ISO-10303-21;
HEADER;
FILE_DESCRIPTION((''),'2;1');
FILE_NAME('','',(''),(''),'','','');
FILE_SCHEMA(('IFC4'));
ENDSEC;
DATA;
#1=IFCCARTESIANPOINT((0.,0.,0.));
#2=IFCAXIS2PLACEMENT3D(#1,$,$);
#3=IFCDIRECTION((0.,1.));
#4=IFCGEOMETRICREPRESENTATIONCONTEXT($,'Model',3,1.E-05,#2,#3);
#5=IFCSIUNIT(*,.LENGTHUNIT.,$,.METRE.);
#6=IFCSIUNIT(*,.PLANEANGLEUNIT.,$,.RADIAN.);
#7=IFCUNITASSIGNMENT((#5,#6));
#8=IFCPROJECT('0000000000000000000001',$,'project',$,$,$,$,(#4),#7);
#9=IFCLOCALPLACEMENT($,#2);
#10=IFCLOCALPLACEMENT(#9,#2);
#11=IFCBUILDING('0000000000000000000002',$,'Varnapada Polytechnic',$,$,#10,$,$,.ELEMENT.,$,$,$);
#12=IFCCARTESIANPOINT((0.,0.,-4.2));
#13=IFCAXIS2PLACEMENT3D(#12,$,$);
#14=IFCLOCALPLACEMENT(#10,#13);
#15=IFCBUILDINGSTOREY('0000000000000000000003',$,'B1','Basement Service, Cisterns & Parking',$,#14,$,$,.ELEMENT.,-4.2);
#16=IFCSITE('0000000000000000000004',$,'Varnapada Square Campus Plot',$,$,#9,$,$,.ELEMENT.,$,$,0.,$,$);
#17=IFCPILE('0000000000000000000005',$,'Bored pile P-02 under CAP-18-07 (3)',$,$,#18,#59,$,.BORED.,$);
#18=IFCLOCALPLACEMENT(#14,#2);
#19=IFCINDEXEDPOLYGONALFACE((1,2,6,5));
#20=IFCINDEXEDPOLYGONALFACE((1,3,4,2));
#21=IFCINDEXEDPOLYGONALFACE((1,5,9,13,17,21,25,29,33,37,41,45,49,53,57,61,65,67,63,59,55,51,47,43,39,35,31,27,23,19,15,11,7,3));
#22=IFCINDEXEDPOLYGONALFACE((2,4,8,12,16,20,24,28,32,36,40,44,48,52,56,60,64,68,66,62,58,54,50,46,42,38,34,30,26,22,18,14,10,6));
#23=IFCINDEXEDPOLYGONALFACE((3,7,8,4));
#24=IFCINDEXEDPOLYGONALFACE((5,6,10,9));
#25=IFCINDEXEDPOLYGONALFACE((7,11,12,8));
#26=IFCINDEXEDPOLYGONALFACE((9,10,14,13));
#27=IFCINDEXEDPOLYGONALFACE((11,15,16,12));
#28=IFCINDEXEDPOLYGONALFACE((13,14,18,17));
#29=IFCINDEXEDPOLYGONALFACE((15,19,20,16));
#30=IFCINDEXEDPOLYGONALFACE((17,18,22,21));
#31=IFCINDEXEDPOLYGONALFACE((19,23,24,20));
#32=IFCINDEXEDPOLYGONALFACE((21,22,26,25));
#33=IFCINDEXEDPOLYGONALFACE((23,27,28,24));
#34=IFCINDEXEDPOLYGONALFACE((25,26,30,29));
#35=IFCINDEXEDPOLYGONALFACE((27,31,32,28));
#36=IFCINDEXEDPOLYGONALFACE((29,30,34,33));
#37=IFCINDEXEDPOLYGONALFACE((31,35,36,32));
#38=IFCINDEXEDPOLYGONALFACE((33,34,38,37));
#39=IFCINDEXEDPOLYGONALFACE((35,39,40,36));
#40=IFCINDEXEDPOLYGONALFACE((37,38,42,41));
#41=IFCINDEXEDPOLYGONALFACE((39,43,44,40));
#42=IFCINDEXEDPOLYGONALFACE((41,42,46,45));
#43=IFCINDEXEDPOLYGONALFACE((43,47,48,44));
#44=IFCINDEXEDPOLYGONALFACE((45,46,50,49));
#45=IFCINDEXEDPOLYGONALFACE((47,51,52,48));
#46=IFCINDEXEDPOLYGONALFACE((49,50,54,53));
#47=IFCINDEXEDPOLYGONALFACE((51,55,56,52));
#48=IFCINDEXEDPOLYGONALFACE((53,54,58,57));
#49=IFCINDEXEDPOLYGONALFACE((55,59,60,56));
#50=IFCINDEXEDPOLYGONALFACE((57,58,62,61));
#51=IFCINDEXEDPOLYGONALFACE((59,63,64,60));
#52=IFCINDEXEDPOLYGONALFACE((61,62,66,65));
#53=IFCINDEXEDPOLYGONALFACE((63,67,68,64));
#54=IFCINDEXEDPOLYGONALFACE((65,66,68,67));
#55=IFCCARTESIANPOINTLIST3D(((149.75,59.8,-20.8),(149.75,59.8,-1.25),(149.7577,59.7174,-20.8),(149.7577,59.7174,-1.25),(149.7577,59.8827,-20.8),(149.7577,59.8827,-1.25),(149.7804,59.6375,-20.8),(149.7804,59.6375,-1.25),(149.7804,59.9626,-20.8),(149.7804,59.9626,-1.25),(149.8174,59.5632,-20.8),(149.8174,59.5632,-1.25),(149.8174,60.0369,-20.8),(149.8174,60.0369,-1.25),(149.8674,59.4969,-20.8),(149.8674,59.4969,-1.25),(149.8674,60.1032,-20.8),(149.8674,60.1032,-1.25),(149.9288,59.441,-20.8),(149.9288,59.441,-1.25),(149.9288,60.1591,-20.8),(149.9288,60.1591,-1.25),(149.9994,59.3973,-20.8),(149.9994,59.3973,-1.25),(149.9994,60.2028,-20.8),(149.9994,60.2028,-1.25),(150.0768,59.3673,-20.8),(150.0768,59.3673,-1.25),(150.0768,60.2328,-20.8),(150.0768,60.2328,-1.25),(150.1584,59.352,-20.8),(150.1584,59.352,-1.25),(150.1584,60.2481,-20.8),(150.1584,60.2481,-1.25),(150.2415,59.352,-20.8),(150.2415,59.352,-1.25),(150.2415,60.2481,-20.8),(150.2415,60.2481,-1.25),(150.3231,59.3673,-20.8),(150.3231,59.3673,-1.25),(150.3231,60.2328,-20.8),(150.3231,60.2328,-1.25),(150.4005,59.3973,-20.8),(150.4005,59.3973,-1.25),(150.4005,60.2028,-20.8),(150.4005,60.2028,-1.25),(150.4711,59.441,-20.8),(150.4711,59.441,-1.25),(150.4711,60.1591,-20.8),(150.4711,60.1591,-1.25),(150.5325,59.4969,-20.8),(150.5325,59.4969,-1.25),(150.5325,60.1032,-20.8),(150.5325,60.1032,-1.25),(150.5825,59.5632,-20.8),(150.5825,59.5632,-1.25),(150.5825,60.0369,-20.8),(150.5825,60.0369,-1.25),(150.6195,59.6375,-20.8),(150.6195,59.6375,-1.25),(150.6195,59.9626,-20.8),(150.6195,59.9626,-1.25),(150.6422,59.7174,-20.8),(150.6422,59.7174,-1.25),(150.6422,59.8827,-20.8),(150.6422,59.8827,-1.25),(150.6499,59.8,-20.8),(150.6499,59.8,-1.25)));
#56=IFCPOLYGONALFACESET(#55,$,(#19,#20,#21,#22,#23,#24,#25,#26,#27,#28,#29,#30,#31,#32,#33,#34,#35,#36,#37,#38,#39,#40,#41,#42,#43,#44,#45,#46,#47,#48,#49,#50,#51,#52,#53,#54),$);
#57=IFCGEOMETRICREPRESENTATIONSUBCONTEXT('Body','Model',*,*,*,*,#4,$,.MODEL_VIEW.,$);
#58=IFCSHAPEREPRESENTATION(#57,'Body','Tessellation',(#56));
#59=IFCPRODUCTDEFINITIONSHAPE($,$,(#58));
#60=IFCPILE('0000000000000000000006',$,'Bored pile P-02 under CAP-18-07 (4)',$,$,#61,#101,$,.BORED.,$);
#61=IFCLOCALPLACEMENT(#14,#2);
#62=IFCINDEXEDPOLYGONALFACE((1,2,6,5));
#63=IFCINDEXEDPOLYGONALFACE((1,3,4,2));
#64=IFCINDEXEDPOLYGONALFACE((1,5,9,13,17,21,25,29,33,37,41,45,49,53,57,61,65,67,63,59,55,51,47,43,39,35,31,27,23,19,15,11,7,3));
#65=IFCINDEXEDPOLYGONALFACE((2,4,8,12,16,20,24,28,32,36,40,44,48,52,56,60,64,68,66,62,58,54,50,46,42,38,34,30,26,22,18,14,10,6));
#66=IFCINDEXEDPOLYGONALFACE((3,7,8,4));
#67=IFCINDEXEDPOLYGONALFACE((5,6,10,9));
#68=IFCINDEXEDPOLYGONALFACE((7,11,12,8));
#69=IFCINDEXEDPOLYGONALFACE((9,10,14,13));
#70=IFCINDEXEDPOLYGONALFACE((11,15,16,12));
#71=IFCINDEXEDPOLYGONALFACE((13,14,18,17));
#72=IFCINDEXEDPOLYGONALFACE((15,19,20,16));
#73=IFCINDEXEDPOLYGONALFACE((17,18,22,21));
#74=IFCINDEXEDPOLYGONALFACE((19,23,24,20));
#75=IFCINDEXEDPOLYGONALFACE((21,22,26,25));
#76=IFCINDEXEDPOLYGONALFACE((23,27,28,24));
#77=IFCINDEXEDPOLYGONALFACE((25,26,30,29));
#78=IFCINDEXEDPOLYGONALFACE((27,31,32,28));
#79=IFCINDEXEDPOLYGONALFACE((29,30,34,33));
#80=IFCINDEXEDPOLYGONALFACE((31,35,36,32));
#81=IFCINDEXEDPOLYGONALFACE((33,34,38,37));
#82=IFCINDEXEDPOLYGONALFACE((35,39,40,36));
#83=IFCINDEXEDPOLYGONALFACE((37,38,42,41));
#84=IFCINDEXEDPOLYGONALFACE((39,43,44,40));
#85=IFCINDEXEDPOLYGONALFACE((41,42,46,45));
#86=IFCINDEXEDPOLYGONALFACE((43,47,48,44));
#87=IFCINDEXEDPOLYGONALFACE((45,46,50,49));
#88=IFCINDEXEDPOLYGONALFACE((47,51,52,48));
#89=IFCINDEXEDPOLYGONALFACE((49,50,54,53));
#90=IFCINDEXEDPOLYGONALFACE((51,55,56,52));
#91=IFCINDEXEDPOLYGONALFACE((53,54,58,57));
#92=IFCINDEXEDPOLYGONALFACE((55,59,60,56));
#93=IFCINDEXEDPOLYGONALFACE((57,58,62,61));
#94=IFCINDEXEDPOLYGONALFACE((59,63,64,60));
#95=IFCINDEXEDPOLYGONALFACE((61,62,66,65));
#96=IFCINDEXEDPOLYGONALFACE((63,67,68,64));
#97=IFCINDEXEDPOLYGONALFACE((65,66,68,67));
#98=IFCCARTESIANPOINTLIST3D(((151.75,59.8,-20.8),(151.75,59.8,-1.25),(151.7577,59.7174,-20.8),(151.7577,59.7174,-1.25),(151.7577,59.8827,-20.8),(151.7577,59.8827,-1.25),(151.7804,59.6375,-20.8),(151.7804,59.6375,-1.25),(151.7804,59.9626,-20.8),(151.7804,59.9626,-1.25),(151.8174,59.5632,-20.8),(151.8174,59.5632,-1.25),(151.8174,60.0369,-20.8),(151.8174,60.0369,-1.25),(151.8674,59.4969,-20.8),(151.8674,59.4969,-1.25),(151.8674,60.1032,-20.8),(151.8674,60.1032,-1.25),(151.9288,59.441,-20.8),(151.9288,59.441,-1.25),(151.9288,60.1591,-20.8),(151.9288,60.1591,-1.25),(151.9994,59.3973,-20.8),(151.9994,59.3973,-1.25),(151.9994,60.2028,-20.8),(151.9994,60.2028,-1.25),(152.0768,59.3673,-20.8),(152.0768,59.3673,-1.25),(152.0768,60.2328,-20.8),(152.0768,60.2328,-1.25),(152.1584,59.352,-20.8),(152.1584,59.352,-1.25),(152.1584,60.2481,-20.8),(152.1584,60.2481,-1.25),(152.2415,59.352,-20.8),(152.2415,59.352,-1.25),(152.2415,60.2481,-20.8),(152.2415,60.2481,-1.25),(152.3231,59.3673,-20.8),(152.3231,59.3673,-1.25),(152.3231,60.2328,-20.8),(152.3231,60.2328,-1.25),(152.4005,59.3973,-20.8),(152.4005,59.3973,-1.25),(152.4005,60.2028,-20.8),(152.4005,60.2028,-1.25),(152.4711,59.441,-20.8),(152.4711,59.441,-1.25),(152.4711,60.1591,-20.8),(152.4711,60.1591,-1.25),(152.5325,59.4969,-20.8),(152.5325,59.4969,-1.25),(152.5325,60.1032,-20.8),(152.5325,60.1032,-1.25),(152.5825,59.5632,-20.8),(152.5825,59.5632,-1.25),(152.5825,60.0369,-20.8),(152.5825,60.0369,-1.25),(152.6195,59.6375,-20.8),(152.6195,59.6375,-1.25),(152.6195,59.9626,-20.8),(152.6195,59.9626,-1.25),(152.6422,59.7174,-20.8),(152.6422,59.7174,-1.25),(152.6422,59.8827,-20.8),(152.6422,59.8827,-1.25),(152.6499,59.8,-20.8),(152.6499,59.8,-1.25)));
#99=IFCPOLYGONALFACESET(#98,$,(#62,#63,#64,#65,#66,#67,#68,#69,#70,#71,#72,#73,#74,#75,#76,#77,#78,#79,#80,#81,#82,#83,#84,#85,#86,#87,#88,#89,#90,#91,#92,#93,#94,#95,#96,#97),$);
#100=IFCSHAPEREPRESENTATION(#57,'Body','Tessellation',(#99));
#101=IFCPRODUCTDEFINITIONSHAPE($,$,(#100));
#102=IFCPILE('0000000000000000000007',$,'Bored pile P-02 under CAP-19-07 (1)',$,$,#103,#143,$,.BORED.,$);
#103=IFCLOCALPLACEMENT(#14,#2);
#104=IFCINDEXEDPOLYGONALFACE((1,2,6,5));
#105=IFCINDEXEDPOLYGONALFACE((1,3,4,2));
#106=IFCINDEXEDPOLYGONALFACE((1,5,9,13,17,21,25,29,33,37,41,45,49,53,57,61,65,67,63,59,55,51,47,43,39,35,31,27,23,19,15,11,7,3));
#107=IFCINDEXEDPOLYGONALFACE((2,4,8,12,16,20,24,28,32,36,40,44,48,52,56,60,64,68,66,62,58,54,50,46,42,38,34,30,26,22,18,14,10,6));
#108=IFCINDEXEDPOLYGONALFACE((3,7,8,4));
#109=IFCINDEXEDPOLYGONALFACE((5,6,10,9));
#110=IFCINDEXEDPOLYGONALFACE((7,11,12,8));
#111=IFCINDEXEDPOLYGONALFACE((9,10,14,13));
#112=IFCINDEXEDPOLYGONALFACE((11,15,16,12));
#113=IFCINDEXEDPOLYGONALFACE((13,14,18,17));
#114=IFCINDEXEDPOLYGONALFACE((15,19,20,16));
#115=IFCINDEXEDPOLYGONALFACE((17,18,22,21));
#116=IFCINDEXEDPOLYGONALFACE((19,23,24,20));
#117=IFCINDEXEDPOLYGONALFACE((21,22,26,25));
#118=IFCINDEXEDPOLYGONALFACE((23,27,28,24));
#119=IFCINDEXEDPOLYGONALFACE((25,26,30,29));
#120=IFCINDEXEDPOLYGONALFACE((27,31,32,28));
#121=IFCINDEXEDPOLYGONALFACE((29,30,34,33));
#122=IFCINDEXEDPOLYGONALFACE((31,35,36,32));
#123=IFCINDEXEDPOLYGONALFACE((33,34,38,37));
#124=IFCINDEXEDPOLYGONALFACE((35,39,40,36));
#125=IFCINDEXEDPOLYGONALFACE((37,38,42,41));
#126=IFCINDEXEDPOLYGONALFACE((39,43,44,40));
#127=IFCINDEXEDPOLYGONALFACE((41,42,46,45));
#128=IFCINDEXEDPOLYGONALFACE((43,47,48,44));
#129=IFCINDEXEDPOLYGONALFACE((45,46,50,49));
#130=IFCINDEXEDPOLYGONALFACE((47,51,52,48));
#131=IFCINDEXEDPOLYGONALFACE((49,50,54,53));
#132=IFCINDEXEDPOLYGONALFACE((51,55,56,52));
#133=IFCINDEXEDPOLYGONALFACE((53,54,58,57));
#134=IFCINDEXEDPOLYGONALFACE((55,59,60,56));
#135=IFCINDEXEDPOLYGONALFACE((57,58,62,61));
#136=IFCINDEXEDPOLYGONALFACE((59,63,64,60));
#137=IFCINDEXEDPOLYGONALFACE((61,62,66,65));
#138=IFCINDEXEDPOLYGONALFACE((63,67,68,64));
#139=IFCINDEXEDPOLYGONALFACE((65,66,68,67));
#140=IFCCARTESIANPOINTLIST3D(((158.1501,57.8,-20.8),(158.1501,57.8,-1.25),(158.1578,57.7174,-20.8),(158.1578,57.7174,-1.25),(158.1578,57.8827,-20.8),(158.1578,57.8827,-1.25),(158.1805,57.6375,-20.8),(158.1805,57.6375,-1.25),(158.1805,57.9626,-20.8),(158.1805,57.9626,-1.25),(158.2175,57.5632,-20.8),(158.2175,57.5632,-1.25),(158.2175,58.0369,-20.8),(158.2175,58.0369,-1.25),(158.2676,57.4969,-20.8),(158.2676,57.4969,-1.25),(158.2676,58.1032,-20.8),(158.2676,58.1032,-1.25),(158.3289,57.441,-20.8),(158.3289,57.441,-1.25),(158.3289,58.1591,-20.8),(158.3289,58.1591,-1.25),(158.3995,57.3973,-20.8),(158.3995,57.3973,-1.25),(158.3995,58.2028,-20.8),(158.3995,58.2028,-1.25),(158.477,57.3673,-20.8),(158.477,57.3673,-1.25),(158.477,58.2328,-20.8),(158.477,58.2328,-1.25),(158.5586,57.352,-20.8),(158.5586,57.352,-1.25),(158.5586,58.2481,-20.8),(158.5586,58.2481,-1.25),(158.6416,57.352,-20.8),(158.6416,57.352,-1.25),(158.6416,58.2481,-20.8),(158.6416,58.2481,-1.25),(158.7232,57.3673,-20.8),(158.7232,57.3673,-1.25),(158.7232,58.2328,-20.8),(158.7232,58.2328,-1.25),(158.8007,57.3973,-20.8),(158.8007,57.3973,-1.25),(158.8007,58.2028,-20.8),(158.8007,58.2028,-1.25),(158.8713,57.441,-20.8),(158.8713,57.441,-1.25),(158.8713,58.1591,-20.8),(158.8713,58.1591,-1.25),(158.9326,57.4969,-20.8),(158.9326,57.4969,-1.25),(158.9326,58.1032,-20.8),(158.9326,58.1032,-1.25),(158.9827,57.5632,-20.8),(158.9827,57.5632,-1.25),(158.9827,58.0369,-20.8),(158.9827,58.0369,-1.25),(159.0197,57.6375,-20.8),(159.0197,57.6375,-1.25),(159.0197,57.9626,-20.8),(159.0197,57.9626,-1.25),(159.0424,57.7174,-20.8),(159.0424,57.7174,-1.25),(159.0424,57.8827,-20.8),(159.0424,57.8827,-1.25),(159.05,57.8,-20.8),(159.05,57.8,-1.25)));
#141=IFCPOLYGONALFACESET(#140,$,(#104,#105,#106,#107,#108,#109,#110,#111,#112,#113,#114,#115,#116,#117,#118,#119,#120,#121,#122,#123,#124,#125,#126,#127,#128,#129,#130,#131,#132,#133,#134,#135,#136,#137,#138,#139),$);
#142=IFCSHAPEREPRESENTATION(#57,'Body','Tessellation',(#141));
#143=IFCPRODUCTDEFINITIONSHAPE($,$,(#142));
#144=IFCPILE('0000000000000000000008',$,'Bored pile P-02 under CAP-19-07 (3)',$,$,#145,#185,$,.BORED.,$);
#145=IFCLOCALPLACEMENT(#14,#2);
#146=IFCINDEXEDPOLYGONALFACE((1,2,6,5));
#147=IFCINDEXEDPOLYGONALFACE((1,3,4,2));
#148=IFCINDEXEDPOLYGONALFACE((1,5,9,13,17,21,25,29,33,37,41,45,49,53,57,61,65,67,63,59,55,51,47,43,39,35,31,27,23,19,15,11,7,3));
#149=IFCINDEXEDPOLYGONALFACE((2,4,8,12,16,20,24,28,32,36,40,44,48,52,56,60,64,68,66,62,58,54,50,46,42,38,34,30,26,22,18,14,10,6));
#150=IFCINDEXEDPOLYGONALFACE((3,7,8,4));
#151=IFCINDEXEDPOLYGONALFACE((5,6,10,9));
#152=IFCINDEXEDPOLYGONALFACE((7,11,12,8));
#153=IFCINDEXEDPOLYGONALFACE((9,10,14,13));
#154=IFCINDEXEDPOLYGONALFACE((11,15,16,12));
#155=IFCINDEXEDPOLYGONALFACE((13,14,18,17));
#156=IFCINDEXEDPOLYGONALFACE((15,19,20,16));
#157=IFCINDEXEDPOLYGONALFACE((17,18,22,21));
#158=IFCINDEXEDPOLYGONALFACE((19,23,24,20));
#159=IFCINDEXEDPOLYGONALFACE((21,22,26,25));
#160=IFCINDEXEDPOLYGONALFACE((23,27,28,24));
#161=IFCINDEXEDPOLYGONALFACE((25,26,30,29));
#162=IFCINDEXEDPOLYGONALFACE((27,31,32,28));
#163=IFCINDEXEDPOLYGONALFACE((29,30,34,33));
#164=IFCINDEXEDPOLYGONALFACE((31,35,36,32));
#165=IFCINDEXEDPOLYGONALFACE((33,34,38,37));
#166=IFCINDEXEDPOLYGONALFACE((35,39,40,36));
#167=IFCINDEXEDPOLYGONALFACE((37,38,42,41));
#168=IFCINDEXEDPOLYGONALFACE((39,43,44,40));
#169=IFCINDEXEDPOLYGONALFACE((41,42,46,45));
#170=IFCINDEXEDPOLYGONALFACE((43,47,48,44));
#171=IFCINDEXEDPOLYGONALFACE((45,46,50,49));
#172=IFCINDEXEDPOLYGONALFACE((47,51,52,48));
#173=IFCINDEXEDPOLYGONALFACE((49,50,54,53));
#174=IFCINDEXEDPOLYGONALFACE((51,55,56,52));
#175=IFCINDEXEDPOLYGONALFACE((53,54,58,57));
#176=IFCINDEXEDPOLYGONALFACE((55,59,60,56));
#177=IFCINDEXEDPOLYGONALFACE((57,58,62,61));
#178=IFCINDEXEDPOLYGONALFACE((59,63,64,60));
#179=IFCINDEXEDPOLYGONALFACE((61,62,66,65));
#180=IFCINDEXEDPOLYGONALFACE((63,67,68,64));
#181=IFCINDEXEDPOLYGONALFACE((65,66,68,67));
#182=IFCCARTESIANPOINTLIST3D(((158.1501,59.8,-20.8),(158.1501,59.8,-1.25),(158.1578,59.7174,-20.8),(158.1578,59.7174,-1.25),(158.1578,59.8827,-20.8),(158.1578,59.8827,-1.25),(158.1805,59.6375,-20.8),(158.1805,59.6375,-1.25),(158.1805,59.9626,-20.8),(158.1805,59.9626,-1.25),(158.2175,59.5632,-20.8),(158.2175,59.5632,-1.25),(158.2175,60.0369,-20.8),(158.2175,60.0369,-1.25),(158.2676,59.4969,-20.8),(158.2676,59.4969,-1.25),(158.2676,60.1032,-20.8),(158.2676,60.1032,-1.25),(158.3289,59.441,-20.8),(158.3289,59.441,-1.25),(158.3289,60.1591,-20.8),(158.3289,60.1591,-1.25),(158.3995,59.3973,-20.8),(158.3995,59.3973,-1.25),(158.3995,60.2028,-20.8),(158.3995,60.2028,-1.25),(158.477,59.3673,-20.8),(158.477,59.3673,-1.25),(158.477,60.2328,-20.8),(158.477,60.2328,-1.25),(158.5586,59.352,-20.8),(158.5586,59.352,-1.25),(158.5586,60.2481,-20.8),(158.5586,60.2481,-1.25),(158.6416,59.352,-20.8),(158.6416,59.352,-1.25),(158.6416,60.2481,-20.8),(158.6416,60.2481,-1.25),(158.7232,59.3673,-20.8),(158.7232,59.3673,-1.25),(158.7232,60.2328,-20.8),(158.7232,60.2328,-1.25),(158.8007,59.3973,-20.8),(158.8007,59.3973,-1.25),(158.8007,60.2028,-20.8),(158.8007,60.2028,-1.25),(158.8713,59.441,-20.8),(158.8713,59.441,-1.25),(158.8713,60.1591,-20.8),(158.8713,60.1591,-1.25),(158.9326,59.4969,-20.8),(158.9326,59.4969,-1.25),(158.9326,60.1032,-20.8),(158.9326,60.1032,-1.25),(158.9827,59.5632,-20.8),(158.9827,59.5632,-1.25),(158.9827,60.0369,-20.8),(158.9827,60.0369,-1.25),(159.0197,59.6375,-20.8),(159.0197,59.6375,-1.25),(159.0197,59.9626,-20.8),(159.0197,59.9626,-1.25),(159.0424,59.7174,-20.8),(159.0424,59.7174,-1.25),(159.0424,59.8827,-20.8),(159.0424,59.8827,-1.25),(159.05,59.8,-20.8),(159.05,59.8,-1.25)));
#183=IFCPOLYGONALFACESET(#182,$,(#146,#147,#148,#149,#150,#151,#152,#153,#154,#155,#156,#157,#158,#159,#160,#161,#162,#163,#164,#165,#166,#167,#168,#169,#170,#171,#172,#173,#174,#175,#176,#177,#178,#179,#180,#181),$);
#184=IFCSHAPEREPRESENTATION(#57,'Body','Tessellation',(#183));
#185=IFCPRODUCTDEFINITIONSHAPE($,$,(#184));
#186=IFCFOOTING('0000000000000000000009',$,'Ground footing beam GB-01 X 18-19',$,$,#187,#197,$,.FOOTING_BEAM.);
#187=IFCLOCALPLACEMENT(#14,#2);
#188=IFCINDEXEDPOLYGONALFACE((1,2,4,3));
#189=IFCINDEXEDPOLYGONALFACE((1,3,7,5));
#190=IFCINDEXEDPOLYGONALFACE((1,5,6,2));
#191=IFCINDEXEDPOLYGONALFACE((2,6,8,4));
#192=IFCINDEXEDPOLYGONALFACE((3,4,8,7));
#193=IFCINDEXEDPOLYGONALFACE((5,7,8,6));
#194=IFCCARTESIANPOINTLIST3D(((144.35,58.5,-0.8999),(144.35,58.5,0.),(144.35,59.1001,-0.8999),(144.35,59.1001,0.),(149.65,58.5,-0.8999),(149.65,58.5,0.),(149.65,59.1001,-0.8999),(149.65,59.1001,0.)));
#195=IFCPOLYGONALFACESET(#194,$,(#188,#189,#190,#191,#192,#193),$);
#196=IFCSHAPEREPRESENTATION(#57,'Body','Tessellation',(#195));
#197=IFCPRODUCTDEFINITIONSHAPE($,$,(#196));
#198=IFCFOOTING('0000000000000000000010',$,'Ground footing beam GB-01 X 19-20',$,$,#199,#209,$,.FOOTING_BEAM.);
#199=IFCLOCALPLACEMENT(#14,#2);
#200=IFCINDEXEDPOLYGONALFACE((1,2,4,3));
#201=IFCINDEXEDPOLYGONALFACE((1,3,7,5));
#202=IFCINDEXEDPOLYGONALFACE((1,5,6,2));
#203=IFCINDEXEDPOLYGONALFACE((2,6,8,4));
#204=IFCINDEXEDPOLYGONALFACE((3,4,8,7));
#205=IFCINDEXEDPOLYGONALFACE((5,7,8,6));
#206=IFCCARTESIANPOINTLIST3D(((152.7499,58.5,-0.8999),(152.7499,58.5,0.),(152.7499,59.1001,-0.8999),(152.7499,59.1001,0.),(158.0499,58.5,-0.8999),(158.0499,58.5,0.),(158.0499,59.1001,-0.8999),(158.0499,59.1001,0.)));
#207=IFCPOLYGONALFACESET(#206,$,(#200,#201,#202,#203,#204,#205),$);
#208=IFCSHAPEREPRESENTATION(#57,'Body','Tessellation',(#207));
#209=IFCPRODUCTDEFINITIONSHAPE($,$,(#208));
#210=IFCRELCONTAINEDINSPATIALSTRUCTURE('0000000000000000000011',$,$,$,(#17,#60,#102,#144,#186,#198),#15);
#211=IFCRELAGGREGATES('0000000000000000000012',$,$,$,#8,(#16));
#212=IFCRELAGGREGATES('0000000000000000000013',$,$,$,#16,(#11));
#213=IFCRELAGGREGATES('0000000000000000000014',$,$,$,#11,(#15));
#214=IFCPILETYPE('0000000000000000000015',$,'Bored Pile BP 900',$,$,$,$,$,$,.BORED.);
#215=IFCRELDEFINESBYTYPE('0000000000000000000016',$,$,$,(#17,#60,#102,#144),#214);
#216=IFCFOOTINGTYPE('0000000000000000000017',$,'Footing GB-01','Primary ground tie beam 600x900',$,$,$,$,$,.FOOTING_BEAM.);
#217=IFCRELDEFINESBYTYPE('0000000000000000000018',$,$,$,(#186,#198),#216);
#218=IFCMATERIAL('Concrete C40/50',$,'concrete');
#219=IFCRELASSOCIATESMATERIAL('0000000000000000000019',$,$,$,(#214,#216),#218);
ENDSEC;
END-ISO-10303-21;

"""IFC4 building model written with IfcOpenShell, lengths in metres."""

from ifc_helpers import new_model, si_unit, direction, frame, origin, origin_2d, place, context, subcontext, project, spatial, rectangle, circle, extrude, material, material_profile, profile_set, type_object, element, save


model = new_model("IFC4")

# Units and contexts
model_context = context("Model", 3, precision=1e-05, world=origin(), true_north=direction((0.0, 1.0)))
body_context = subcontext(model_context, "Body", "Model", "MODEL_VIEW")
ifc_project = project(units=[si_unit("LENGTHUNIT", "METRE"), si_unit("PLANEANGLEUNIT", "RADIAN")], contexts=[model_context])

# Site, building, storey
site_placement = place(None, origin())
site = spatial("IfcSite", under=ifc_project, at=site_placement, Name="Varnapada Square Campus Plot", CompositionType="ELEMENT", RefElevation=0.0)
building_placement = place(site_placement, origin())
building = spatial("IfcBuilding", under=site, at=building_placement, Name="Varnapada Polytechnic", CompositionType="ELEMENT")
storey_placement = place(building_placement, frame((0.0, 0.0, -4.2)))
storey = spatial("IfcBuildingStorey", under=building, at=storey_placement, Name="B1", Description="Basement Service, Cisterns & Parking", CompositionType="ELEMENT", Elevation=-4.2)

# Piles
ifc_material_1 = material(Name="Concrete C40/50", Category="concrete")
ifc_material_profile_1 = material_profile(ifc_material_1, circle(Radius=0.45, at=origin_2d()), Name="BP 900")
ifc_profile_set_1 = profile_set([ifc_material_profile_1], Name="Concrete C40/50")
pile_type = type_object("IfcPileType", Name="Bored Pile BP 900", PredefinedType="BORED", material=ifc_profile_set_1)
for number, where, z_axis, x_axis, name in (
    (1, (150.2, 59.8, -1.25), (0.0, 0.0, -1.0), (1.0, 0.0, 0.0), "Bored pile P-02 under CAP-18-07 (3)"),
    (2, (152.2, 59.8, -1.25), (0.0, 0.0, -1.0), (1.0, 0.0, 0.0), "Bored pile P-02 under CAP-18-07 (4)"),
    (3, (158.6001, 57.8, -1.25), (0.0, 0.0, -1.0), (1.0, 0.0, 0.0), "Bored pile P-02 under CAP-19-07 (1)"),
    (4, (158.6001, 59.8, -1.25), (0.0, 0.0, -1.0), (1.0, 0.0, 0.0), "Bored pile P-02 under CAP-19-07 (3)"),
):
    element("IfcPile", number, at=place(storey_placement, frame(where, z_axis=z_axis, x_axis=x_axis)), inside=storey, type_object=pile_type, Name=name, PredefinedType="BORED", context=body_context, shape_type="SweptSolid", body=[
        extrude(circle(Radius=0.45, at=origin_2d()), origin(), (0.0, 0.0, 1.0), 19.55),
    ])

# Footings
footing_type_1 = type_object("IfcFootingType", Name="Footing GB-01", Description="Primary ground tie beam 600x900", PredefinedType="FOOTING_BEAM", material=ifc_material_1)
for number, where, z_axis, x_axis, name in (
    (5, (147.0, 58.8, -0.8999), (0.0, 0.0, 1.0), (1.0, 0.0, 0.0), "Ground footing beam GB-01 X 18-19"),
    (6, (155.3999, 58.8, -0.8999), (0.0, 0.0, 1.0), (1.0, 0.0, 0.0), "Ground footing beam GB-01 X 19-20"),
):
    element("IfcFooting", number, at=place(storey_placement, frame(where, z_axis=z_axis, x_axis=x_axis)), inside=storey, type_object=footing_type_1, Name=name, PredefinedType="FOOTING_BEAM", context=body_context, shape_type="SweptSolid", body=[
        extrude(rectangle(XDim=5.3, YDim=0.6001, at=origin_2d()), origin(), (0.0, 0.0, 1.0), 0.8999),
    ])

save(model, "model.ifc")
